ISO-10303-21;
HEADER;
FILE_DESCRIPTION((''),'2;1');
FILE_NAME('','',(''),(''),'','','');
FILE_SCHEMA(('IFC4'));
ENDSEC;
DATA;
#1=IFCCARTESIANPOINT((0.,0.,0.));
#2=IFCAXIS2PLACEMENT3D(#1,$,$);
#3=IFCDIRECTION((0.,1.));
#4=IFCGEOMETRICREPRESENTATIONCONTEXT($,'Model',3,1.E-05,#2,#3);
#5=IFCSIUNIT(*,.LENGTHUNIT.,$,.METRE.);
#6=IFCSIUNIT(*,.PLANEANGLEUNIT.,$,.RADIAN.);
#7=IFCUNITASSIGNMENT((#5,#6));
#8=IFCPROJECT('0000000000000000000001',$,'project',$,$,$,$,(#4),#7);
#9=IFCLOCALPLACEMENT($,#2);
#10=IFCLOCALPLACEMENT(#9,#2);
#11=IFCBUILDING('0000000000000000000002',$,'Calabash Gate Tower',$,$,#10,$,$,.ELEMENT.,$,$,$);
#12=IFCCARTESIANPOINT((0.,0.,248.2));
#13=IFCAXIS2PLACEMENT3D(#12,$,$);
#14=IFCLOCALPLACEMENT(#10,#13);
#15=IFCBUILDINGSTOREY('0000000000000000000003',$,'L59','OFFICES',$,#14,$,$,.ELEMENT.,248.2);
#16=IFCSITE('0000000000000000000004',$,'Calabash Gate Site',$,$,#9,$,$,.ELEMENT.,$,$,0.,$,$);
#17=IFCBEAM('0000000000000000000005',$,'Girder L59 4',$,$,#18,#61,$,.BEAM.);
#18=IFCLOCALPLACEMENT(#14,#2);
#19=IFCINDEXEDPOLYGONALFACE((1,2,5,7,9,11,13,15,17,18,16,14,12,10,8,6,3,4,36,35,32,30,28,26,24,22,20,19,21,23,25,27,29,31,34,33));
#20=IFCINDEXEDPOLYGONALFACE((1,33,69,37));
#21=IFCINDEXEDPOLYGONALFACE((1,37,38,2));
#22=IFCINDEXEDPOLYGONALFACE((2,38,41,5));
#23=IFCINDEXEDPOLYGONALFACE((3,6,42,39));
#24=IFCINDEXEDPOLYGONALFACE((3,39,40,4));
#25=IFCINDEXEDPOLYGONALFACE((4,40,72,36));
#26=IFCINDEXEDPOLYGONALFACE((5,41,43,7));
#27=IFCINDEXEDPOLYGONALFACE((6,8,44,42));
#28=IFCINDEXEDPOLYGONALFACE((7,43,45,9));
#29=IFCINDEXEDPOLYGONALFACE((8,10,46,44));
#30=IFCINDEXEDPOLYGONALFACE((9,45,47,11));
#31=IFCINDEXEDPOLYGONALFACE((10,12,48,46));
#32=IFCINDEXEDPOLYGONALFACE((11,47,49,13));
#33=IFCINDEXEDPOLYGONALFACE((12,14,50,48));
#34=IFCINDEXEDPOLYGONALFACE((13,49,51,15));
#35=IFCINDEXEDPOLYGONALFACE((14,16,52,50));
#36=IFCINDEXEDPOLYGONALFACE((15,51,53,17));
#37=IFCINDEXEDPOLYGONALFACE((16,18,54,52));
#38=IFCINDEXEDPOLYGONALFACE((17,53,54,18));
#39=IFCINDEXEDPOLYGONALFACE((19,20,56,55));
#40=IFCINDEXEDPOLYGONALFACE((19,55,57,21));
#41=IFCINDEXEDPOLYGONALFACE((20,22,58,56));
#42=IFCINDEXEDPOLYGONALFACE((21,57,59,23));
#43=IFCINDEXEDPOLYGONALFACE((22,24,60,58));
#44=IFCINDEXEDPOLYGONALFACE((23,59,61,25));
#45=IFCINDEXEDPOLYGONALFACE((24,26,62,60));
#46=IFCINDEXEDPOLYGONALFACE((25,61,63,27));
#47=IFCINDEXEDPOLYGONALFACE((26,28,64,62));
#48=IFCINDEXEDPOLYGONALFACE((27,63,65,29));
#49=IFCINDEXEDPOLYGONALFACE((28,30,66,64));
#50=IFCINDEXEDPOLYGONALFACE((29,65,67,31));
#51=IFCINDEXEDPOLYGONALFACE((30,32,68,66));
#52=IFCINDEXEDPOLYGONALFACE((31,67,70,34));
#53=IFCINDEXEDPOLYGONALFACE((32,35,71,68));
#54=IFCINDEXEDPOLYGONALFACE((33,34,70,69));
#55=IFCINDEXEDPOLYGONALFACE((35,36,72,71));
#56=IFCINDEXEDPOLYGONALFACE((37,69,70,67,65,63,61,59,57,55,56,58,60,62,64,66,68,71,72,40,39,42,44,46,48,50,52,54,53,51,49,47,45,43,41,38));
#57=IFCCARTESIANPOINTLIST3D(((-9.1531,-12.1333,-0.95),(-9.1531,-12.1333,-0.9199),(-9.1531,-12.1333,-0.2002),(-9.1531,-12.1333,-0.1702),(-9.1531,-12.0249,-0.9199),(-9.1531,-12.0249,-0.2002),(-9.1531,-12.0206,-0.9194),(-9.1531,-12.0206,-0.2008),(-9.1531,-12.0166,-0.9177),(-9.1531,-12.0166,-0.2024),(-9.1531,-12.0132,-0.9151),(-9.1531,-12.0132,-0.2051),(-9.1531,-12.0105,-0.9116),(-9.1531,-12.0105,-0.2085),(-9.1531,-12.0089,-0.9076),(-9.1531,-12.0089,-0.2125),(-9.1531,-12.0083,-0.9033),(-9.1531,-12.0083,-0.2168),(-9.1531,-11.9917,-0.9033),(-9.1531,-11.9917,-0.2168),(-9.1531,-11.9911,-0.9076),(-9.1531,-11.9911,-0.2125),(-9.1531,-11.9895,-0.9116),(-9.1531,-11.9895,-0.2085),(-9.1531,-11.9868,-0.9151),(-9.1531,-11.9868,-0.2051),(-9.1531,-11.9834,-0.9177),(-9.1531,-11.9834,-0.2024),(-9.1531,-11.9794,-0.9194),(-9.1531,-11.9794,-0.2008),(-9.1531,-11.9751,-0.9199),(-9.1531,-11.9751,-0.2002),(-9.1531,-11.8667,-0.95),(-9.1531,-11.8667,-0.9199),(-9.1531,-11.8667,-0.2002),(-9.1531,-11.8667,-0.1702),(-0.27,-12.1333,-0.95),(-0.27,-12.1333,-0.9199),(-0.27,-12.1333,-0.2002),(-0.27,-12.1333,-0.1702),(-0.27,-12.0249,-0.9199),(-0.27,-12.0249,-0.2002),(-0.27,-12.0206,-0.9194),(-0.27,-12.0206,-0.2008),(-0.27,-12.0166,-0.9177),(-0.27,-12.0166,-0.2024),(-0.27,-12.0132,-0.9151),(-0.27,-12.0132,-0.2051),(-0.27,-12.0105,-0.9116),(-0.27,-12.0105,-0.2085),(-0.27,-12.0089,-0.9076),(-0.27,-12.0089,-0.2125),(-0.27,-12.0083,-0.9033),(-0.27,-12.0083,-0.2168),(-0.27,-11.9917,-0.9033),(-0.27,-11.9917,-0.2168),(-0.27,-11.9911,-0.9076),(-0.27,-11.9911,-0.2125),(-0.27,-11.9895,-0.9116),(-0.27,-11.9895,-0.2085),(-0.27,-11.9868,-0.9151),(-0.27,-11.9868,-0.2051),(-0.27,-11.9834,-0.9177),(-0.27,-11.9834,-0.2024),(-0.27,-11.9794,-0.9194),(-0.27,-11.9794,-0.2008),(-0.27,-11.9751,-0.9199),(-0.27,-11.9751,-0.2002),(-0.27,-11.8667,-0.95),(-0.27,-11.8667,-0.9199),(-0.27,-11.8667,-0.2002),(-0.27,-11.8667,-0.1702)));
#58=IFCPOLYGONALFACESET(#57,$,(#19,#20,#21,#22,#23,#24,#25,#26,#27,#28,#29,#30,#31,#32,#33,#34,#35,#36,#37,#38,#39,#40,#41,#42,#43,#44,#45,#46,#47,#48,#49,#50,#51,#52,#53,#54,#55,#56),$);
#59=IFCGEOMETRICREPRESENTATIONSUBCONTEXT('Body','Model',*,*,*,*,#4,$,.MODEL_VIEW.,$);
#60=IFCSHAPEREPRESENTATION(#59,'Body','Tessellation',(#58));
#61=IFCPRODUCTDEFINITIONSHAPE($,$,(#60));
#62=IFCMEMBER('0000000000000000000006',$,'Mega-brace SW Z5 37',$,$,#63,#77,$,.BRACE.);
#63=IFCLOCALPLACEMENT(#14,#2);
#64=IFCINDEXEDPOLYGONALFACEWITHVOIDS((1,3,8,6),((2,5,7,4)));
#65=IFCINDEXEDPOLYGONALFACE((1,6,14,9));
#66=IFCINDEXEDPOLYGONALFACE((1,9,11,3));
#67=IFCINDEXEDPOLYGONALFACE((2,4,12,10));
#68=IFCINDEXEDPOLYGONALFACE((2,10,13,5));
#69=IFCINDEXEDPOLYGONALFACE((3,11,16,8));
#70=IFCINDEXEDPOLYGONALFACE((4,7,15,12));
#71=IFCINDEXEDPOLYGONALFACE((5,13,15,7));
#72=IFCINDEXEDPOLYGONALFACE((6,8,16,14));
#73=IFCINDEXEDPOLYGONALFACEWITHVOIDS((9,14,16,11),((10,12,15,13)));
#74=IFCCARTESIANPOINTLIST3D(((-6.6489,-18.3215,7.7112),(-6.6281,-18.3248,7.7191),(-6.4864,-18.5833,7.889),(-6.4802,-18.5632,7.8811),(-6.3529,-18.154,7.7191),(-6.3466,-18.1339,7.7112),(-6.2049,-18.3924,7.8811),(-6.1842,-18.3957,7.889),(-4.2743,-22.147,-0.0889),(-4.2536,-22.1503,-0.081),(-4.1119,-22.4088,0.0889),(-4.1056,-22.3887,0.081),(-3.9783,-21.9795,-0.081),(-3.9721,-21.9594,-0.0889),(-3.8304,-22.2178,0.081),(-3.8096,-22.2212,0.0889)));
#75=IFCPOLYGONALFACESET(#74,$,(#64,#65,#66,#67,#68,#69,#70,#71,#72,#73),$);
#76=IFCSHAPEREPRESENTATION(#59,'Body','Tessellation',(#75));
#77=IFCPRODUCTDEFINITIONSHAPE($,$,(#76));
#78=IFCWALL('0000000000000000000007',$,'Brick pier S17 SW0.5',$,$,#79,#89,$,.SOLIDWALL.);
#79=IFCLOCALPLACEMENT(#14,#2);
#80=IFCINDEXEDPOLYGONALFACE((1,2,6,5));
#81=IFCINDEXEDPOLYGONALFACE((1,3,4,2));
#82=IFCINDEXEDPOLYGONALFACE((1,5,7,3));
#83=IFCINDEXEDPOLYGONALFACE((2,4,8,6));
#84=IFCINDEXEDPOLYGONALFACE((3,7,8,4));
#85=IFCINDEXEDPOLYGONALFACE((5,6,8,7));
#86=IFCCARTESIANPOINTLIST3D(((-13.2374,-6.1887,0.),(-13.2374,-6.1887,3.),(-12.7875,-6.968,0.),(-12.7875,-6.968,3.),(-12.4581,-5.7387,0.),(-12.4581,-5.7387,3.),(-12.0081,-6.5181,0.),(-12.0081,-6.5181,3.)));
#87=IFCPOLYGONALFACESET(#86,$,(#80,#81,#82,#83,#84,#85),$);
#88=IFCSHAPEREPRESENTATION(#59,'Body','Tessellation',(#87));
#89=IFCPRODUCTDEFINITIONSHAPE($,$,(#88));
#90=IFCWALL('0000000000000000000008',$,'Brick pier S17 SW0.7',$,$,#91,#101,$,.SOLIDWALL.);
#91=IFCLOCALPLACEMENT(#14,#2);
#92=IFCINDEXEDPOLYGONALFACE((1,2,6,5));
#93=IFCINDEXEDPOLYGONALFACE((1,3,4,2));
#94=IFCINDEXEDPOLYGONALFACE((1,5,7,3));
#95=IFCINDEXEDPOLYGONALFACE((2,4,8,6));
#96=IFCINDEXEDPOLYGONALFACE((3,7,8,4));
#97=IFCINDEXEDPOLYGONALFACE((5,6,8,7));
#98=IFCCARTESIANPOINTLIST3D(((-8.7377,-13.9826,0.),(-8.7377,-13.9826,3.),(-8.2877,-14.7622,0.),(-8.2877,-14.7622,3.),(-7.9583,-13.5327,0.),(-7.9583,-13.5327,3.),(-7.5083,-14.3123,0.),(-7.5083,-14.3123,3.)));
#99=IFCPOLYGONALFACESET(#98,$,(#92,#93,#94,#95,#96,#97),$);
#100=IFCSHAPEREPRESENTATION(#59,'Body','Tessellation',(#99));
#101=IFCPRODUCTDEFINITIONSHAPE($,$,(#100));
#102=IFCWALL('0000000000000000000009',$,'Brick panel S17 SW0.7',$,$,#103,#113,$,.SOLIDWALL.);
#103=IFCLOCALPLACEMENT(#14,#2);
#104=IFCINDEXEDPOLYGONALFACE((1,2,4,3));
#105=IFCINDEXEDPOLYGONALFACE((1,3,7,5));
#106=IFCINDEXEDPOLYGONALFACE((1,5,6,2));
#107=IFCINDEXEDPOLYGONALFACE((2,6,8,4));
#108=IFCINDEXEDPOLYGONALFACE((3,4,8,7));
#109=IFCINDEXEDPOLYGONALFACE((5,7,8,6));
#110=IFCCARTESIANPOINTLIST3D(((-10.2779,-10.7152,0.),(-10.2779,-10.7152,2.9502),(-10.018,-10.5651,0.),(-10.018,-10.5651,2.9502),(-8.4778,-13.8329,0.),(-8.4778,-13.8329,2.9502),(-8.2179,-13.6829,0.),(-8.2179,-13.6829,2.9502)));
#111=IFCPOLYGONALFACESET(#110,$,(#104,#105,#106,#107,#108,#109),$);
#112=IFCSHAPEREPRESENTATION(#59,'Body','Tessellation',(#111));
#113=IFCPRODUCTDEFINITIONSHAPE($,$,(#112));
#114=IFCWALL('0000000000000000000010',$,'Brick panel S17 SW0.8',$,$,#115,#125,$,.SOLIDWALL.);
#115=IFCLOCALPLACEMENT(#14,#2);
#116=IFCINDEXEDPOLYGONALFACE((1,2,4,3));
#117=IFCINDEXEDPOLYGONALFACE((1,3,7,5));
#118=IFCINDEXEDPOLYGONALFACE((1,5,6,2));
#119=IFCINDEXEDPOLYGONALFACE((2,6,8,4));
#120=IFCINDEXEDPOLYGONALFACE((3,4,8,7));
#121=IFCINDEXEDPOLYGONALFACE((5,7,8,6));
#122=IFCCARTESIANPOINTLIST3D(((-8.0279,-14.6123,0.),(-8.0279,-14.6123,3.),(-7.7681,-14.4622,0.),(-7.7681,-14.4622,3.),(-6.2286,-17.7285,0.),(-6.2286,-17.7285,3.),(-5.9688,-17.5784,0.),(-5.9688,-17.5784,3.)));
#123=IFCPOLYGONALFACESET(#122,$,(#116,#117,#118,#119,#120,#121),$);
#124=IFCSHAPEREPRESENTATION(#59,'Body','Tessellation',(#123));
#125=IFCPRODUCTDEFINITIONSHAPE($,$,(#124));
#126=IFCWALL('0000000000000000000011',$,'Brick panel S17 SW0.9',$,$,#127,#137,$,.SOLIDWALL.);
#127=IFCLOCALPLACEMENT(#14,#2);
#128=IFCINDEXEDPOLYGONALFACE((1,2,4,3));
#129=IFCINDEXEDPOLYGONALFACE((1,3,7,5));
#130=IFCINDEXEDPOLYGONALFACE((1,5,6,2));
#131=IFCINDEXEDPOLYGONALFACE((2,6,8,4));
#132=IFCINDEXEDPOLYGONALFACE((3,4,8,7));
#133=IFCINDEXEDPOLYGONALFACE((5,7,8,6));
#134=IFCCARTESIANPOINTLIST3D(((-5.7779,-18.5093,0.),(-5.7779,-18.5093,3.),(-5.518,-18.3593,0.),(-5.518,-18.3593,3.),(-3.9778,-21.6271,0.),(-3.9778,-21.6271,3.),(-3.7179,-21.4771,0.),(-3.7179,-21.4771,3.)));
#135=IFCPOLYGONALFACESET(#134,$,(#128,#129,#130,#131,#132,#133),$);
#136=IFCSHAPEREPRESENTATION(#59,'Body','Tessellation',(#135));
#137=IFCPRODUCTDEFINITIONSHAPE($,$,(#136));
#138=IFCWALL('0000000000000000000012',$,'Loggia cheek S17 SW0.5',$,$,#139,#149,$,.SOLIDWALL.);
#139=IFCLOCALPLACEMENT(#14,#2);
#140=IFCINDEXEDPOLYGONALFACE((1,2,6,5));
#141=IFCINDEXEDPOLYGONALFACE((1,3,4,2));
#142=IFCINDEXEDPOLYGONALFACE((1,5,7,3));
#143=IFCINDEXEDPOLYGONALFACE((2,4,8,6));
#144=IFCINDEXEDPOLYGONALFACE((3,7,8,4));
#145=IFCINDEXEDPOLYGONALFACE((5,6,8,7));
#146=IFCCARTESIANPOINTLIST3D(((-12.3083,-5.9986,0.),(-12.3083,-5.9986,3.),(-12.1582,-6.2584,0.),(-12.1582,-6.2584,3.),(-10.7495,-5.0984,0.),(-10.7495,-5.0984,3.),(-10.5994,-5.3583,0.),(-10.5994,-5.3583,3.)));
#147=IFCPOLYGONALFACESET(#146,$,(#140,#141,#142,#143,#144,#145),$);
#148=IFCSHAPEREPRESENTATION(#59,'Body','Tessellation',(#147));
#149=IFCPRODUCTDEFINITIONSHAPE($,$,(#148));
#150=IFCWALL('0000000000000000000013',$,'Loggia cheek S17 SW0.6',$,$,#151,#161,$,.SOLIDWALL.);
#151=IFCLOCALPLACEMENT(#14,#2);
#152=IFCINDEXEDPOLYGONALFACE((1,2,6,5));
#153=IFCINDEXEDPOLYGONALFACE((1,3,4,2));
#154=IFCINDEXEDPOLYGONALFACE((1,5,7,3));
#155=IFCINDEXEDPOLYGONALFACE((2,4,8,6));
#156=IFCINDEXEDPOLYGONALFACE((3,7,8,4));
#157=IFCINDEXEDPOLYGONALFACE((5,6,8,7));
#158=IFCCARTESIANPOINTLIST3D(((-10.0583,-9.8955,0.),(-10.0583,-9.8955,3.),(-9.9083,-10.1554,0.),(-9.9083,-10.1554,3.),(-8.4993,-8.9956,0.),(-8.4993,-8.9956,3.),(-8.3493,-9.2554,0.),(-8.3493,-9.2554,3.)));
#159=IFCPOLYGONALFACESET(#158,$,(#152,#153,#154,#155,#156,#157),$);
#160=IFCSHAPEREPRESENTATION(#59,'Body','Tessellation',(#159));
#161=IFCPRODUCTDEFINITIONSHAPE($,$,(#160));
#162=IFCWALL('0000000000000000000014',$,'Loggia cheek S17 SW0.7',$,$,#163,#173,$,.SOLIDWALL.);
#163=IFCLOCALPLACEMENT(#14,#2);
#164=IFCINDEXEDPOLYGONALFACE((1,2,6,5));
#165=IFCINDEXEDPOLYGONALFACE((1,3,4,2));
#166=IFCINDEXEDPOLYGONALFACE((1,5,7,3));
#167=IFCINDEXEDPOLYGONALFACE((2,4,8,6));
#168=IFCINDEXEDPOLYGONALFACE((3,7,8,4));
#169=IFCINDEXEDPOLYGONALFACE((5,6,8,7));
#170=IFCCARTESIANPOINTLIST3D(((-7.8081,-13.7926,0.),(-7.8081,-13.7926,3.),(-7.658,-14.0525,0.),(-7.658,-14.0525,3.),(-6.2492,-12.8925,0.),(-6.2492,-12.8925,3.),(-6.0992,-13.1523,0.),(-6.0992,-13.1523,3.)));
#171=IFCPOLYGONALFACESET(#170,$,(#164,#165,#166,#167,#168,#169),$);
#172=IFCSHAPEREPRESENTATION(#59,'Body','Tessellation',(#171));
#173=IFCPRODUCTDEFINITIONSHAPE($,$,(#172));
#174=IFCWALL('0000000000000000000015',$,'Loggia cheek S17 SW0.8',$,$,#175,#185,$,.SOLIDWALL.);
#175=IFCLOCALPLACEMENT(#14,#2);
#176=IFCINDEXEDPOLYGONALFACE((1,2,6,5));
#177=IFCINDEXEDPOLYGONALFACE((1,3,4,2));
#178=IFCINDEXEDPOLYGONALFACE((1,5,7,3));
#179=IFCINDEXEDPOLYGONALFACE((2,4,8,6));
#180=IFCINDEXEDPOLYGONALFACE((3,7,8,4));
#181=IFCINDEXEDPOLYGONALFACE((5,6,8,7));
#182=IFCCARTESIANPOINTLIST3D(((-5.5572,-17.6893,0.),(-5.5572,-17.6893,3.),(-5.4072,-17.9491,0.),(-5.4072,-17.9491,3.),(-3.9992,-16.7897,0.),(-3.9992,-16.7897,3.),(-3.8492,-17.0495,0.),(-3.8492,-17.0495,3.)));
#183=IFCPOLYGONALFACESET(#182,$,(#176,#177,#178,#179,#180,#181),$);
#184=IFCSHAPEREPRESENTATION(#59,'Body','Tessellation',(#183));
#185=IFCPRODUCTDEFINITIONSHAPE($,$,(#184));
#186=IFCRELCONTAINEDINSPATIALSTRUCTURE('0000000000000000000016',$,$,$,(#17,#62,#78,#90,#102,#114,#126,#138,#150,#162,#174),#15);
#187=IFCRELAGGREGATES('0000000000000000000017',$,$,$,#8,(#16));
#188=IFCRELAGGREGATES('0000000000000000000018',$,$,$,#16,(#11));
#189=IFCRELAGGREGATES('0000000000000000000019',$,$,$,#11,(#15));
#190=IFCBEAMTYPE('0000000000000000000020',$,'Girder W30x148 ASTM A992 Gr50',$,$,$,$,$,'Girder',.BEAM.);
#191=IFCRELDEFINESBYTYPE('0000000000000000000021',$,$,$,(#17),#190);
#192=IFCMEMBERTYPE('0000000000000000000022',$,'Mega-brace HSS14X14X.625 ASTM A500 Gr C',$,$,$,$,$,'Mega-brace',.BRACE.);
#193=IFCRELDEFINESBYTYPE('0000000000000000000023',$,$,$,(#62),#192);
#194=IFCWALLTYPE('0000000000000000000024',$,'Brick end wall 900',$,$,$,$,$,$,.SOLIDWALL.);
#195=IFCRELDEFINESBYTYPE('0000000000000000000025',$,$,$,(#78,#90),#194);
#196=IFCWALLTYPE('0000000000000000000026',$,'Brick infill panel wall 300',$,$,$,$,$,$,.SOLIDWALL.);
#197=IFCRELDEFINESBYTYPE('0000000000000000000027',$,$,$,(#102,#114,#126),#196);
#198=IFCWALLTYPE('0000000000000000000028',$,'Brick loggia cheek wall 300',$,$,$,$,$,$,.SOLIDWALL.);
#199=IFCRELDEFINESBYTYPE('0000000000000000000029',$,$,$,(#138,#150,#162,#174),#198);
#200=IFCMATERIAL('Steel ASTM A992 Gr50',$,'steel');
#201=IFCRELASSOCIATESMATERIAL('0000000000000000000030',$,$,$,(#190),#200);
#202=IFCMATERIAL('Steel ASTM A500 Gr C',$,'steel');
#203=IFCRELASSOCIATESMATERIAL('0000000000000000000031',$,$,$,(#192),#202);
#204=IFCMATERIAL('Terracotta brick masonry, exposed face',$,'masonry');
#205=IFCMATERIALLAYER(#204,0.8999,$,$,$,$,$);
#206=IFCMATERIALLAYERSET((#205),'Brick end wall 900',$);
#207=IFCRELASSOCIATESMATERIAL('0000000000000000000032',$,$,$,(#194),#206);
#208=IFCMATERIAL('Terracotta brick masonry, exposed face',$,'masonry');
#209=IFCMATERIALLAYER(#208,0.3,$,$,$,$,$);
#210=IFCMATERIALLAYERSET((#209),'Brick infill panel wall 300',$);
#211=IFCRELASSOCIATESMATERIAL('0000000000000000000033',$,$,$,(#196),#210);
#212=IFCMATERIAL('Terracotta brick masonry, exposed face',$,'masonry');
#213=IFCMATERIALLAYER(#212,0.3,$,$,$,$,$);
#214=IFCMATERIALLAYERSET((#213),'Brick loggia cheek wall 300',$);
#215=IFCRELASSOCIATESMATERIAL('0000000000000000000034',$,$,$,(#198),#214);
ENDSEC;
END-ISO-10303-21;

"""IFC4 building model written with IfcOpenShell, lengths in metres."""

from ifc_helpers import new_model, si_unit, direction, frame, frame_2d, origin, origin_2d, place, context, subcontext, project, spatial, rectangle, hollow_rectangle, i_section, extrude, material, layer, layer_set, material_profile, profile_set, type_object, element, save


model = new_model("IFC4")

# Units and contexts
model_context = context("Model", 3, precision=1e-05, world=origin(), true_north=direction((0.0, 1.0)))
body_context = subcontext(model_context, "Body", "Model", "MODEL_VIEW")
ifc_project = project(units=[si_unit("LENGTHUNIT", "METRE"), si_unit("PLANEANGLEUNIT", "RADIAN")], contexts=[model_context])

# Site, building, storey
site_placement = place(None, origin())
site = spatial("IfcSite", under=ifc_project, at=site_placement, Name="Calabash Gate Site", CompositionType="ELEMENT", RefElevation=0.0)
building_placement = place(site_placement, origin())
building = spatial("IfcBuilding", under=site, at=building_placement, Name="Calabash Gate Tower", CompositionType="ELEMENT")
storey_placement = place(building_placement, frame((0.0, 0.0, 248.2)))
storey = spatial("IfcBuildingStorey", under=building, at=storey_placement, Name="L59", Description="OFFICES", CompositionType="ELEMENT", Elevation=248.2)

# Beam
ifc_material_1 = material(Name="Steel ASTM A992 Gr50", Category="steel")
ifc_material_profile_1 = material_profile(ifc_material_1, i_section(OverallWidth=0.2666, OverallDepth=0.7798, WebThickness=0.0166, FlangeThickness=0.03, FilletRadius=0.0166, at=origin_2d()))
ifc_profile_set_1 = profile_set([ifc_material_profile_1], Name="Steel ASTM A992 Gr50")
beam_type_1 = type_object("IfcBeamType", Name="Girder W30x148 ASTM A992 Gr50", ElementType="Girder", PredefinedType="BEAM", material=ifc_profile_set_1)
beam_1_placement = place(storey_placement, frame((-9.1531, -12.0, -0.5601), z_axis=(1.0, 0.0, 0.0), x_axis=(0.0, 1.0, 0.0)))
element("IfcBeam", 1, at=beam_1_placement, inside=storey, type_object=beam_type_1, Name="Girder L59 4", PredefinedType="BEAM", context=body_context, shape_type="SweptSolid", body=[
    extrude(i_section(OverallWidth=0.2666, OverallDepth=0.7798, WebThickness=0.0166, FlangeThickness=0.03, FilletRadius=0.0166, at=origin_2d()), origin(), (0.0, 0.0, 1.0), 8.8831),
])

# Member
ifc_material_2 = material(Name="Steel ASTM A500 Gr C", Category="steel")
ifc_material_profile_2 = material_profile(ifc_material_2, hollow_rectangle(XDim=0.3557, YDim=0.3557, WallThickness=0.0159, at=origin_2d()))
ifc_profile_set_2 = profile_set([ifc_material_profile_2], Name="Steel ASTM A500 Gr C")
member_type = type_object("IfcMemberType", Name="Mega-brace HSS14X14X.625 ASTM A500 Gr C", ElementType="Mega-brace", PredefinedType="BRACE", material=ifc_profile_set_2)
member_placement = place(storey_placement, frame((-4.042, -22.1841, 0.0), z_axis=(-0.263651, 0.424753, 0.866068), x_axis=(-0.84963, -0.527379, 0.0)))
element("IfcMember", 2, at=member_placement, inside=storey, type_object=member_type, Name="Mega-brace SW Z5 37", PredefinedType="BRACE", context=body_context, shape_type="SweptSolid", body=[
    extrude(hollow_rectangle(XDim=0.3557, YDim=0.3557, WallThickness=0.0159, at=origin_2d()), origin(), (0.0, 0.0, 1.0), 9.0063),
])

# Walls
ifc_material_3 = material(Name="Terracotta brick masonry, exposed face", Category="masonry")
ifc_layer_1 = layer(ifc_material_3, 0.8999)
ifc_layer_set_1 = layer_set([ifc_layer_1], Name="Brick end wall 900")
wall_type_1 = type_object("IfcWallType", Name="Brick end wall 900", PredefinedType="SOLIDWALL", material=ifc_layer_set_1)
wall_1_placement = place(storey_placement, frame((-13.0125, -6.5784, 0.0), z_axis=(0.0, 0.0, 1.0), x_axis=(0.866014, 0.50002, 0.0)))
element("IfcWall", 3, at=wall_1_placement, inside=storey, type_object=wall_type_1, Name="Brick pier S17 SW0.5", PredefinedType="SOLIDWALL", context=body_context, shape_type="SweptSolid", body=[
    extrude(rectangle(XDim=0.8999, YDim=0.8999, at=frame_2d((0.45, 0.0))), origin(), (0.0, 0.0, 1.0), 3.0),
])
wall_2_placement = place(storey_placement, frame((-7.8979, -14.5374, 0.0), z_axis=(0.0, 0.0, 1.0), x_axis=(-0.499902, 0.866082, 0.0)))
element("IfcWall", 4, at=wall_2_placement, inside=storey, type_object=wall_type_1, Name="Brick pier S17 SW0.7", PredefinedType="SOLIDWALL", context=body_context, shape_type="SweptSolid", body=[
    extrude(rectangle(XDim=0.9001, YDim=0.8999, at=frame_2d((0.4502, 0.0))), origin(), (0.0, 0.0, 1.0), 3.0),
])
ifc_material_4 = material(Name="Terracotta brick masonry, exposed face", Category="masonry")
ifc_layer_2 = layer(ifc_material_4, 0.3)
ifc_layer_set_2 = layer_set([ifc_layer_2], Name="Brick infill panel wall 300")
wall_type_2 = type_object("IfcWallType", Name="Brick infill panel wall 300", PredefinedType="SOLIDWALL", material=ifc_layer_set_2)
wall_3_placement = place(storey_placement, frame((-10.1479, -10.6401, 0.0), z_axis=(0.0, 0.0, 1.0), x_axis=(0.500012, -0.866018, 0.0)))
element("IfcWall", 5, at=wall_3_placement, inside=storey, type_object=wall_type_2, Name="Brick panel S17 SW0.7", PredefinedType="SOLIDWALL", context=body_context, shape_type="SweptSolid", body=[
    extrude(rectangle(XDim=3.6001, YDim=0.3, at=frame_2d((1.8, 0.0))), origin(), (0.0, 0.0, 1.0), 2.9502),
])
wall_4_placement = place(storey_placement, frame((-6.0986, -17.6536, 0.0), z_axis=(0.0, 0.0, 1.0), x_axis=(-0.500036, 0.866005, 0.0)))
element("IfcWall", 6, at=wall_4_placement, inside=storey, type_object=wall_type_2, Name="Brick panel S17 SW0.8", PredefinedType="SOLIDWALL", context=body_context, shape_type="SweptSolid", body=[
    extrude(rectangle(XDim=3.5984, YDim=0.3, at=frame_2d((1.7993, 0.0))), origin(), (0.0, 0.0, 1.0), 3.0),
])
wall_5_placement = place(storey_placement, frame((-5.6479, -18.4343, 0.0), z_axis=(0.0, 0.0, 1.0), x_axis=(0.500012, -0.866018, 0.0)))
element("IfcWall", 7, at=wall_5_placement, inside=storey, type_object=wall_type_2, Name="Brick panel S17 SW0.9", PredefinedType="SOLIDWALL", context=body_context, shape_type="SweptSolid", body=[
    extrude(rectangle(XDim=3.6001, YDim=0.3, at=frame_2d((1.8, 0.0))), origin(), (0.0, 0.0, 1.0), 3.0),
])
ifc_material_5 = material(Name="Terracotta brick masonry, exposed face", Category="masonry")
ifc_layer_3 = layer(ifc_material_5, 0.3)
ifc_layer_set_3 = layer_set([ifc_layer_3], Name="Brick loggia cheek wall 300")
wall_type_3 = type_object("IfcWallType", Name="Brick loggia cheek wall 300", PredefinedType="SOLIDWALL", material=ifc_layer_set_3)
for number, where, z_axis, x_axis, name in (
    (8, (-12.2332, -6.1284, 0.0), (0.0, 0.0, 1.0), (0.865989, 0.500063, 0.0), "Loggia cheek S17 SW0.5"),
    (9, (-9.9832, -10.0254, 0.0), (0.0, 0.0, 1.0), (0.866048, 0.499961, 0.0), "Loggia cheek S17 SW0.6"),
    (10, (-6.1743, -13.0225, 0.0), (0.0, 0.0, 1.0), (-0.865989, -0.500063, 0.0), "Loggia cheek S17 SW0.7"),
):
    element("IfcWall", number, at=place(storey_placement, frame(where, z_axis=z_axis, x_axis=x_axis)), inside=storey, type_object=wall_type_3, Name=name, PredefinedType="SOLIDWALL", context=body_context, shape_type="SweptSolid", body=[
        extrude(rectangle(XDim=1.8, YDim=0.3, at=frame_2d((0.8999, 0.0))), origin(), (0.0, 0.0, 1.0), 3.0),
    ])
wall_6_placement = place(storey_placement, frame((-3.9243, -16.9197, 0.0), z_axis=(0.0, 0.0, 1.0), x_axis=(-0.866005, -0.500036, 0.0)))
element("IfcWall", 11, at=wall_6_placement, inside=storey, type_object=wall_type_3, Name="Loggia cheek S17 SW0.8", PredefinedType="SOLIDWALL", context=body_context, shape_type="SweptSolid", body=[
    extrude(rectangle(XDim=1.7991, YDim=0.3, at=frame_2d((0.8994, 0.0))), origin(), (0.0, 0.0, 1.0), 3.0),
])

save(model, "model.ifc")
